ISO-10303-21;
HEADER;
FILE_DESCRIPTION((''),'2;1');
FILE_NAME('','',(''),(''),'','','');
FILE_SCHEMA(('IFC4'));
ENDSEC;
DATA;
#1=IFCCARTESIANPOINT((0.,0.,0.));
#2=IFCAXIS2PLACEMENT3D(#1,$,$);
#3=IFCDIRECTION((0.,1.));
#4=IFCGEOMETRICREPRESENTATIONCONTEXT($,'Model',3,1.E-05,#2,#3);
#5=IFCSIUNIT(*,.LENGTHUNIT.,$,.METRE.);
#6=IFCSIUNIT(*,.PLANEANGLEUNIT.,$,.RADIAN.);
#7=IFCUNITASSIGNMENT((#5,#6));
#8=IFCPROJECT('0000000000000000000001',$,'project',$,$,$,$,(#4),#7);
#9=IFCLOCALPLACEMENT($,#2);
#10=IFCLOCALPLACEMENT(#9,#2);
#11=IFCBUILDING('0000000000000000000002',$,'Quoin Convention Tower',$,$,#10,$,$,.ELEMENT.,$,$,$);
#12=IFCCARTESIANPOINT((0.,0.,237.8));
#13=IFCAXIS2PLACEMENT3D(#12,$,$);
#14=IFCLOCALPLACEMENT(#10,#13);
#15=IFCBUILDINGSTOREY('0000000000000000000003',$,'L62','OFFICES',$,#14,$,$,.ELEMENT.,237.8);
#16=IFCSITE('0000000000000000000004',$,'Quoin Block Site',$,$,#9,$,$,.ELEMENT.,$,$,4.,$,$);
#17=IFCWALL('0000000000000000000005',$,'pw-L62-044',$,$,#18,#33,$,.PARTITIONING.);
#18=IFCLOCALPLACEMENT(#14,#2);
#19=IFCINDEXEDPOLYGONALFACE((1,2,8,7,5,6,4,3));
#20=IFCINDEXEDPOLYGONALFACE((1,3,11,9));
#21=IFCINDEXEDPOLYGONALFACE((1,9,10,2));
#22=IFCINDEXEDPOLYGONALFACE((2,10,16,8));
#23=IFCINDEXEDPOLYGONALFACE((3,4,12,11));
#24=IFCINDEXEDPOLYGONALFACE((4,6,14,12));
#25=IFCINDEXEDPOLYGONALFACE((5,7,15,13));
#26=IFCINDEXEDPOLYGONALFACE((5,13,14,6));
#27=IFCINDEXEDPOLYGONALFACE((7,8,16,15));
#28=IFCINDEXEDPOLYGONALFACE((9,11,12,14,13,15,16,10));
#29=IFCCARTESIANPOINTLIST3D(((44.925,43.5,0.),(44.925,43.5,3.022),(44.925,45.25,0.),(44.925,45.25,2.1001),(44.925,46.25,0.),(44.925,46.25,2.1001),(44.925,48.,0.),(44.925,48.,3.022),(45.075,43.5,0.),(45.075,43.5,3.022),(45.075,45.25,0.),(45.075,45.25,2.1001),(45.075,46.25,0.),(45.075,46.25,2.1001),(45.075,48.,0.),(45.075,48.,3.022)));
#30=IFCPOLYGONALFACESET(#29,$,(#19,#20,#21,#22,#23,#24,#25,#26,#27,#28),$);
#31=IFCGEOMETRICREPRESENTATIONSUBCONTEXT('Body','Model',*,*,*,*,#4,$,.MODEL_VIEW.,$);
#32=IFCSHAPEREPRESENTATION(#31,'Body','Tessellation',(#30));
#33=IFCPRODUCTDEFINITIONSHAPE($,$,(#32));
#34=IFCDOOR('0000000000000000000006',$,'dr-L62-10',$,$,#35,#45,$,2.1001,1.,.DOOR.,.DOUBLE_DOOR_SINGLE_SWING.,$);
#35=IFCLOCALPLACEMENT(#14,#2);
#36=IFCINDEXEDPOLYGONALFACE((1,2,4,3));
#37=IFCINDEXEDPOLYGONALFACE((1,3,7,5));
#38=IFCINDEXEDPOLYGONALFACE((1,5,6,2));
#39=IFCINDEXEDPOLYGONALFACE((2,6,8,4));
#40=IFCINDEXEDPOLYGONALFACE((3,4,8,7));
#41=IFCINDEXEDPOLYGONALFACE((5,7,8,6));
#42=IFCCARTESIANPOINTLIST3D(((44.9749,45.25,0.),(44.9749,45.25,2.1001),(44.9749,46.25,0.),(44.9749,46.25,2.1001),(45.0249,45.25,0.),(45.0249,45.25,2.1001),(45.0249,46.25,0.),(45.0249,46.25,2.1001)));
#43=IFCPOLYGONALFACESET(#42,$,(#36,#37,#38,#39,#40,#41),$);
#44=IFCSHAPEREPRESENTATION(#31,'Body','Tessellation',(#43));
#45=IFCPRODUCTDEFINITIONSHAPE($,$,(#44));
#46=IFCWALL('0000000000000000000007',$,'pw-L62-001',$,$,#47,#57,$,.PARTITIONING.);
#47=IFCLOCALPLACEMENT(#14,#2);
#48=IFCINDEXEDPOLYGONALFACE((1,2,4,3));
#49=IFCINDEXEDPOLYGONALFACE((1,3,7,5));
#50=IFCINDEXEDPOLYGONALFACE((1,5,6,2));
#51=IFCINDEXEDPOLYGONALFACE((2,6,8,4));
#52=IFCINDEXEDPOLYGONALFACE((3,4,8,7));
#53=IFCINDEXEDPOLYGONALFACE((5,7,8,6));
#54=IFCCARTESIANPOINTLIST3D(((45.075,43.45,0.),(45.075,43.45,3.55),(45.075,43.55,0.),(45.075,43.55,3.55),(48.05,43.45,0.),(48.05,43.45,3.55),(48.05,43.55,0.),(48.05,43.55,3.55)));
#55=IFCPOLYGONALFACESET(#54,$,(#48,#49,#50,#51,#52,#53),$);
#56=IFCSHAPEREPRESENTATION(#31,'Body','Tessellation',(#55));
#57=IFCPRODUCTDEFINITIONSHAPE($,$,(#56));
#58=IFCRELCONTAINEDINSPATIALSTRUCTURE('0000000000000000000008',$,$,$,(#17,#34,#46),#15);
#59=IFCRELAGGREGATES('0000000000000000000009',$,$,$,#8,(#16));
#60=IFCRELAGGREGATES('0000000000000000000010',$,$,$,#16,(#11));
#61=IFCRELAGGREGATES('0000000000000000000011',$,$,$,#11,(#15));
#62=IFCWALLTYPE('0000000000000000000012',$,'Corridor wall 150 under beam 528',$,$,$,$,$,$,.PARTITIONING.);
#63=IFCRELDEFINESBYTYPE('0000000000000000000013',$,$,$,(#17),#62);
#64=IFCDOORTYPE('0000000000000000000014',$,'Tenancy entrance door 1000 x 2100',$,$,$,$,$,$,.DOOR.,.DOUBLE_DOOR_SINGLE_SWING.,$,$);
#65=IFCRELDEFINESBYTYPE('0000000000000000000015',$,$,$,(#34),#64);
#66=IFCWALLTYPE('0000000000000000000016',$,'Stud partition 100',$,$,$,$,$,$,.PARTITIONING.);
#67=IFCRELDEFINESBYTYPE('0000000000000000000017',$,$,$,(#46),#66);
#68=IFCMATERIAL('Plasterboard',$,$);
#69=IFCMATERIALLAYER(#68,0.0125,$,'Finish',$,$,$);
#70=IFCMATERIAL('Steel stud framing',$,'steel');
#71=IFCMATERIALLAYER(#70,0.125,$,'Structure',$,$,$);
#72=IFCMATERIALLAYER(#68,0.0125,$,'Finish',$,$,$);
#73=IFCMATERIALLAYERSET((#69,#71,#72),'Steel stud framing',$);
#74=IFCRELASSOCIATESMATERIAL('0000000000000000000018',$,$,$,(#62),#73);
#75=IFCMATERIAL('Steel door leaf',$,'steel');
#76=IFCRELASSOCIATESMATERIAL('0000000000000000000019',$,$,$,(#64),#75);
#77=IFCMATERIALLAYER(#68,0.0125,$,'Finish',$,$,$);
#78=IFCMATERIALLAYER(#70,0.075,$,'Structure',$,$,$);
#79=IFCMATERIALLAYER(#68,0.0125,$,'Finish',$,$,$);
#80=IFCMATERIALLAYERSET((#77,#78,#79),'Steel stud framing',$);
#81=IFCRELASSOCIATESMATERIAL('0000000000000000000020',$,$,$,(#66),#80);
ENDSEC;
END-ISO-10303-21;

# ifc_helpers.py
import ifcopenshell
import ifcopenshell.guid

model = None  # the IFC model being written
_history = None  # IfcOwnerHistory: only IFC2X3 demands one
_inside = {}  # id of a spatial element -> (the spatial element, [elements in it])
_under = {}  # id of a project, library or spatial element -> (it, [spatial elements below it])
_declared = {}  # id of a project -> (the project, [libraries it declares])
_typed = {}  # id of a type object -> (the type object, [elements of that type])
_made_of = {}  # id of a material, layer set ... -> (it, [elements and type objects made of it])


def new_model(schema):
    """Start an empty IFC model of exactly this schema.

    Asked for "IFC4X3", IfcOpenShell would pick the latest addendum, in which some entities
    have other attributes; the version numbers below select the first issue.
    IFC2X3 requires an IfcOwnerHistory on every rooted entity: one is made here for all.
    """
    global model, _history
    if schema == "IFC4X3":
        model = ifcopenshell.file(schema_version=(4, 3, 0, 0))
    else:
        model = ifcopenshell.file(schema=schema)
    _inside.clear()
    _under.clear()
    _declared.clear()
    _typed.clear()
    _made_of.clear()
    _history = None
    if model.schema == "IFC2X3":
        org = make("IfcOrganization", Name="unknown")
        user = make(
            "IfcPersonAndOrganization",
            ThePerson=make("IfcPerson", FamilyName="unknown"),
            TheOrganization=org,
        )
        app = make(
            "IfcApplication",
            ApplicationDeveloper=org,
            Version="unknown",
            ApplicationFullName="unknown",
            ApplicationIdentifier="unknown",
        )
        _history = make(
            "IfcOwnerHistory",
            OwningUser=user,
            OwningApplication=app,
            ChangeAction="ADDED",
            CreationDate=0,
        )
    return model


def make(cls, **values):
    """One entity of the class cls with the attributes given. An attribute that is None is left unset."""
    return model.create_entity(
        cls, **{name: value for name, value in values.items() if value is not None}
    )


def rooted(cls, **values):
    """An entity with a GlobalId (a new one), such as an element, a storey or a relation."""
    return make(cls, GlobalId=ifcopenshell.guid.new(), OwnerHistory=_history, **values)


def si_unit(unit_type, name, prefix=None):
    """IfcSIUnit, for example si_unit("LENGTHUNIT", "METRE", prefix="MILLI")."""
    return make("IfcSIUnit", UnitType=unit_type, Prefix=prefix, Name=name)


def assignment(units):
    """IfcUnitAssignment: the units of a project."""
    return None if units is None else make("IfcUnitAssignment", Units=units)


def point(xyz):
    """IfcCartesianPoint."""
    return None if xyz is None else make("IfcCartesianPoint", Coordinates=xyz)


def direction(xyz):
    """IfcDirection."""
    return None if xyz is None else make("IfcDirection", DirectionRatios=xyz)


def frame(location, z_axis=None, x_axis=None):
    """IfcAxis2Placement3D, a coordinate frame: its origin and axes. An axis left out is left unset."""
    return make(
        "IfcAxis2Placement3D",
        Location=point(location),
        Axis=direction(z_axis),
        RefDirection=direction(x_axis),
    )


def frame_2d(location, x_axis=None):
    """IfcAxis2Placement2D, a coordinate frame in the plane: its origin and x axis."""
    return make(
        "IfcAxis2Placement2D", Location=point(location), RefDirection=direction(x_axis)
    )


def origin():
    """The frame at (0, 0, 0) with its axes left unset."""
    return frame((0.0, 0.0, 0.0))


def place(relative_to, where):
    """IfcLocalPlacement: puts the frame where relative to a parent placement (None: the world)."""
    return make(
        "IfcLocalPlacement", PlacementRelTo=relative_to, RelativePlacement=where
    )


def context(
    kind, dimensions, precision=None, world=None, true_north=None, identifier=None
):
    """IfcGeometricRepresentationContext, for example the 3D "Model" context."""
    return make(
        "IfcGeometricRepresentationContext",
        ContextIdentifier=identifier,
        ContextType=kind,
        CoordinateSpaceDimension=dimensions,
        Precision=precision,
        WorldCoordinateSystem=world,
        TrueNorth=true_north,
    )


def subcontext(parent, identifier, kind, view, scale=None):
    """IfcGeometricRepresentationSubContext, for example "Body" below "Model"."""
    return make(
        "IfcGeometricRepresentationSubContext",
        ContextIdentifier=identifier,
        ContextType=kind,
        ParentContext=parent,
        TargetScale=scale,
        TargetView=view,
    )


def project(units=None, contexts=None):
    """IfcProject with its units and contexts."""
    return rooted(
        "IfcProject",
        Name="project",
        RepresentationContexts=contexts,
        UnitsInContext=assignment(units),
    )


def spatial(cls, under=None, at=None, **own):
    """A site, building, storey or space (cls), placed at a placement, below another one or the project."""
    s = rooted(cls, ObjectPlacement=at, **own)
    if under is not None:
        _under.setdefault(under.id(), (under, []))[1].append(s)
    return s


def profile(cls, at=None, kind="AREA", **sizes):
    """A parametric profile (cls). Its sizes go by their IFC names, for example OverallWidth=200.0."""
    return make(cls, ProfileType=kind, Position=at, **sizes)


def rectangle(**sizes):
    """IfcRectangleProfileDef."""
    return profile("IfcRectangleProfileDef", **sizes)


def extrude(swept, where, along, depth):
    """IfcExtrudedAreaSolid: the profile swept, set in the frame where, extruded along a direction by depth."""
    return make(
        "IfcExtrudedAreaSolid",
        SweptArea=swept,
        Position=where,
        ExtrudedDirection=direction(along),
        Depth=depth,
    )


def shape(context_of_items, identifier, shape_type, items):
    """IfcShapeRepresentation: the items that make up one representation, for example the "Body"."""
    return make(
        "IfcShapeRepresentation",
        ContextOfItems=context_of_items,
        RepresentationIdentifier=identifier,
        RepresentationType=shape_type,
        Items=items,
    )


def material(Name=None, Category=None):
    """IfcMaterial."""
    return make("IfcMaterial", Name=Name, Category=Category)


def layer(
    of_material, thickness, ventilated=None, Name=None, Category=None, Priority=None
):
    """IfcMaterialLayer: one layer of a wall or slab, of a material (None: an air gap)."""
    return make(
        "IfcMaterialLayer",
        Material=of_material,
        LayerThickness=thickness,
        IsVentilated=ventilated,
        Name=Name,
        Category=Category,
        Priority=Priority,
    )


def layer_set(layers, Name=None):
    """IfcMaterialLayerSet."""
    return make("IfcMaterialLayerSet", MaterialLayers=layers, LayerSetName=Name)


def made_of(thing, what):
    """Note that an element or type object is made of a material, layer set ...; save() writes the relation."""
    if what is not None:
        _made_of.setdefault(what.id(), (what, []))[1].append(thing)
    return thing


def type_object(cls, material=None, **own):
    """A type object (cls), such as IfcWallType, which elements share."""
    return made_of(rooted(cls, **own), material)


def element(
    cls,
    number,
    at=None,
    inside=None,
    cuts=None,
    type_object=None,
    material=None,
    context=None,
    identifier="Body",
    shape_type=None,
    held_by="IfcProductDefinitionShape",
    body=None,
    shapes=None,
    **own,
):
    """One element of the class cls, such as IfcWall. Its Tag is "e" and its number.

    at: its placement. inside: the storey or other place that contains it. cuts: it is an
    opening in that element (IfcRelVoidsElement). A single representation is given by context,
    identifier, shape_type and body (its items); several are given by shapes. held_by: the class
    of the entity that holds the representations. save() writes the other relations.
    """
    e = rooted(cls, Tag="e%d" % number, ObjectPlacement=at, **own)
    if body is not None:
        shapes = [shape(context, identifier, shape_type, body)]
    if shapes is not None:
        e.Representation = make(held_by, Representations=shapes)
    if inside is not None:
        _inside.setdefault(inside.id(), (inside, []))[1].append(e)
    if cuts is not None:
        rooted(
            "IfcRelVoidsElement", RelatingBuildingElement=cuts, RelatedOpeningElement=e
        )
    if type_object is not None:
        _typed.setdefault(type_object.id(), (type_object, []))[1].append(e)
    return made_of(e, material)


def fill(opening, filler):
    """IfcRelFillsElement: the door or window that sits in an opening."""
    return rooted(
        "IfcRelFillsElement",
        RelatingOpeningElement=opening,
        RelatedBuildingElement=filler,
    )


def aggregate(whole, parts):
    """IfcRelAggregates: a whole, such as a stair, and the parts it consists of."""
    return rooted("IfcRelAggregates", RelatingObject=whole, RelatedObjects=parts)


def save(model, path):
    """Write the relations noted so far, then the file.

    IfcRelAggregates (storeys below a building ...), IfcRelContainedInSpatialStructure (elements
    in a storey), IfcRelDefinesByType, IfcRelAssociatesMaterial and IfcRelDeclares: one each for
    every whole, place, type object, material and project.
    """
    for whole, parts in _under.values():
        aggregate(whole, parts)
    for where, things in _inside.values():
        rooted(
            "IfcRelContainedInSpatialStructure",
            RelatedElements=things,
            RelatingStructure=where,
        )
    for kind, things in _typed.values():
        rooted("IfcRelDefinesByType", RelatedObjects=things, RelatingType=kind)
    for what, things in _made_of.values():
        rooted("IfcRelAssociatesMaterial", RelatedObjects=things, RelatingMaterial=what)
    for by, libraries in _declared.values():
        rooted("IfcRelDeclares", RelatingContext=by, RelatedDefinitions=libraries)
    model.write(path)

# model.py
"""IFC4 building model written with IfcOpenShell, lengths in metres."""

from ifc_helpers import new_model, si_unit, direction, frame, frame_2d, origin, place, context, subcontext, project, spatial, rectangle, extrude, material, layer, layer_set, type_object, element, fill, save


model = new_model("IFC4")

# Units and contexts
model_context = context("Model", 3, precision=1e-05, world=origin(), true_north=direction((0.0, 1.0)))
body_context = subcontext(model_context, "Body", "Model", "MODEL_VIEW")
ifc_project = project(units=[si_unit("LENGTHUNIT", "METRE"), si_unit("PLANEANGLEUNIT", "RADIAN")], contexts=[model_context])

# Site, building, storey
site_placement = place(None, origin())
site = spatial("IfcSite", under=ifc_project, at=site_placement, Name="Quoin Block Site", CompositionType="ELEMENT", RefElevation=4.0)
building_placement = place(site_placement, origin())
building = spatial("IfcBuilding", under=site, at=building_placement, Name="Quoin Convention Tower", CompositionType="ELEMENT")
storey_placement = place(building_placement, frame((0.0, 0.0, 237.8)))
storey = spatial("IfcBuildingStorey", under=building, at=storey_placement, Name="L62", Description="OFFICES", CompositionType="ELEMENT", Elevation=237.8)

# Shared definitions
ifc_material_1 = material(Name="Plasterboard")
ifc_material_2 = material(Name="Steel stud framing", Category="steel")
ifc_layer_1 = layer(ifc_material_1, 0.0125, Name="Finish")
ifc_layer_2 = layer(ifc_material_2, 0.125, Name="Structure")
ifc_layer_3 = layer(ifc_material_1, 0.0125, Name="Finish")
ifc_layer_set_1 = layer_set([ifc_layer_1, ifc_layer_2, ifc_layer_3], Name="Steel stud framing")
wall_type_1 = type_object("IfcWallType", Name="Corridor wall 150 under beam 528", PredefinedType="PARTITIONING", material=ifc_layer_set_1)

# Wall, opening, door
wall_1_placement = place(storey_placement, frame((45.0, 43.5, 0.0), z_axis=(0.0, 0.0, 1.0), x_axis=(0.0, 1.0, 0.0)))
wall_1 = element("IfcWall", 1, at=wall_1_placement, inside=storey, type_object=wall_type_1, Name="pw-L62-044", PredefinedType="PARTITIONING", context=body_context, shape_type="SweptSolid", body=[
    extrude(rectangle(XDim=4.5, YDim=0.1499, at=frame_2d((2.25, 0.0))), origin(), (0.0, 0.0, 1.0), 3.022),
])
opening_placement = place(wall_1_placement, frame((1.75, 0.0, 0.0)))
opening = element("IfcOpeningElement", 2, at=opening_placement, cuts=wall_1, PredefinedType="OPENING", context=body_context, shape_type="SweptSolid", body=[
    extrude(rectangle(XDim=1.0, YDim=2.1001, at=frame_2d((0.5, 1.05))), frame((0.0, 0.085, 0.0), z_axis=(0.0, -1.0, 0.0), x_axis=(1.0, 0.0, 0.0)), (0.0, 0.0, 1.0), 0.1699),
])
ifc_material_3 = material(Name="Steel door leaf", Category="steel")
door_type = type_object("IfcDoorType", Name="Tenancy entrance door 1000 x 2100", OperationType="DOUBLE_DOOR_SINGLE_SWING", PredefinedType="DOOR", material=ifc_material_3)
door_placement = place(opening_placement, frame((1.0, 0.0, 0.0), z_axis=(0.0, 0.0, 1.0), x_axis=(-1.0, 0.0, 0.0)))
door = element("IfcDoor", 3, at=door_placement, inside=storey, type_object=door_type, Name="dr-L62-10", OperationType="DOUBLE_DOOR_SINGLE_SWING", OverallHeight=2.1001, OverallWidth=1.0, PredefinedType="DOOR", context=body_context, shape_type="SweptSolid", body=[
    extrude(rectangle(XDim=1.0, YDim=2.1001, at=frame_2d((0.5, 1.05))), frame((0.0, 0.0249, 0.0), z_axis=(0.0, -1.0, 0.0), x_axis=(1.0, 0.0, 0.0)), (0.0, 0.0, 1.0), 0.05),
])
fill(opening, door)

# Wall
ifc_layer_4 = layer(ifc_material_1, 0.0125, Name="Finish")
ifc_layer_5 = layer(ifc_material_2, 0.075, Name="Structure")
ifc_layer_6 = layer(ifc_material_1, 0.0125, Name="Finish")
ifc_layer_set_2 = layer_set([ifc_layer_4, ifc_layer_5, ifc_layer_6], Name="Steel stud framing")
wall_type_2 = type_object("IfcWallType", Name="Stud partition 100", PredefinedType="PARTITIONING", material=ifc_layer_set_2)
wall_2_placement = place(storey_placement, frame((45.075, 43.5, 0.0), z_axis=(0.0, 0.0, 1.0), x_axis=(1.0, 0.0, 0.0)))
element("IfcWall", 4, at=wall_2_placement, inside=storey, type_object=wall_type_2, Name="pw-L62-001", PredefinedType="PARTITIONING", context=body_context, shape_type="SweptSolid", body=[
    extrude(rectangle(XDim=2.9751, YDim=0.1001, at=frame_2d((1.4875, 0.0))), origin(), (0.0, 0.0, 1.0), 3.55),
])

save(model, "model.ifc")
